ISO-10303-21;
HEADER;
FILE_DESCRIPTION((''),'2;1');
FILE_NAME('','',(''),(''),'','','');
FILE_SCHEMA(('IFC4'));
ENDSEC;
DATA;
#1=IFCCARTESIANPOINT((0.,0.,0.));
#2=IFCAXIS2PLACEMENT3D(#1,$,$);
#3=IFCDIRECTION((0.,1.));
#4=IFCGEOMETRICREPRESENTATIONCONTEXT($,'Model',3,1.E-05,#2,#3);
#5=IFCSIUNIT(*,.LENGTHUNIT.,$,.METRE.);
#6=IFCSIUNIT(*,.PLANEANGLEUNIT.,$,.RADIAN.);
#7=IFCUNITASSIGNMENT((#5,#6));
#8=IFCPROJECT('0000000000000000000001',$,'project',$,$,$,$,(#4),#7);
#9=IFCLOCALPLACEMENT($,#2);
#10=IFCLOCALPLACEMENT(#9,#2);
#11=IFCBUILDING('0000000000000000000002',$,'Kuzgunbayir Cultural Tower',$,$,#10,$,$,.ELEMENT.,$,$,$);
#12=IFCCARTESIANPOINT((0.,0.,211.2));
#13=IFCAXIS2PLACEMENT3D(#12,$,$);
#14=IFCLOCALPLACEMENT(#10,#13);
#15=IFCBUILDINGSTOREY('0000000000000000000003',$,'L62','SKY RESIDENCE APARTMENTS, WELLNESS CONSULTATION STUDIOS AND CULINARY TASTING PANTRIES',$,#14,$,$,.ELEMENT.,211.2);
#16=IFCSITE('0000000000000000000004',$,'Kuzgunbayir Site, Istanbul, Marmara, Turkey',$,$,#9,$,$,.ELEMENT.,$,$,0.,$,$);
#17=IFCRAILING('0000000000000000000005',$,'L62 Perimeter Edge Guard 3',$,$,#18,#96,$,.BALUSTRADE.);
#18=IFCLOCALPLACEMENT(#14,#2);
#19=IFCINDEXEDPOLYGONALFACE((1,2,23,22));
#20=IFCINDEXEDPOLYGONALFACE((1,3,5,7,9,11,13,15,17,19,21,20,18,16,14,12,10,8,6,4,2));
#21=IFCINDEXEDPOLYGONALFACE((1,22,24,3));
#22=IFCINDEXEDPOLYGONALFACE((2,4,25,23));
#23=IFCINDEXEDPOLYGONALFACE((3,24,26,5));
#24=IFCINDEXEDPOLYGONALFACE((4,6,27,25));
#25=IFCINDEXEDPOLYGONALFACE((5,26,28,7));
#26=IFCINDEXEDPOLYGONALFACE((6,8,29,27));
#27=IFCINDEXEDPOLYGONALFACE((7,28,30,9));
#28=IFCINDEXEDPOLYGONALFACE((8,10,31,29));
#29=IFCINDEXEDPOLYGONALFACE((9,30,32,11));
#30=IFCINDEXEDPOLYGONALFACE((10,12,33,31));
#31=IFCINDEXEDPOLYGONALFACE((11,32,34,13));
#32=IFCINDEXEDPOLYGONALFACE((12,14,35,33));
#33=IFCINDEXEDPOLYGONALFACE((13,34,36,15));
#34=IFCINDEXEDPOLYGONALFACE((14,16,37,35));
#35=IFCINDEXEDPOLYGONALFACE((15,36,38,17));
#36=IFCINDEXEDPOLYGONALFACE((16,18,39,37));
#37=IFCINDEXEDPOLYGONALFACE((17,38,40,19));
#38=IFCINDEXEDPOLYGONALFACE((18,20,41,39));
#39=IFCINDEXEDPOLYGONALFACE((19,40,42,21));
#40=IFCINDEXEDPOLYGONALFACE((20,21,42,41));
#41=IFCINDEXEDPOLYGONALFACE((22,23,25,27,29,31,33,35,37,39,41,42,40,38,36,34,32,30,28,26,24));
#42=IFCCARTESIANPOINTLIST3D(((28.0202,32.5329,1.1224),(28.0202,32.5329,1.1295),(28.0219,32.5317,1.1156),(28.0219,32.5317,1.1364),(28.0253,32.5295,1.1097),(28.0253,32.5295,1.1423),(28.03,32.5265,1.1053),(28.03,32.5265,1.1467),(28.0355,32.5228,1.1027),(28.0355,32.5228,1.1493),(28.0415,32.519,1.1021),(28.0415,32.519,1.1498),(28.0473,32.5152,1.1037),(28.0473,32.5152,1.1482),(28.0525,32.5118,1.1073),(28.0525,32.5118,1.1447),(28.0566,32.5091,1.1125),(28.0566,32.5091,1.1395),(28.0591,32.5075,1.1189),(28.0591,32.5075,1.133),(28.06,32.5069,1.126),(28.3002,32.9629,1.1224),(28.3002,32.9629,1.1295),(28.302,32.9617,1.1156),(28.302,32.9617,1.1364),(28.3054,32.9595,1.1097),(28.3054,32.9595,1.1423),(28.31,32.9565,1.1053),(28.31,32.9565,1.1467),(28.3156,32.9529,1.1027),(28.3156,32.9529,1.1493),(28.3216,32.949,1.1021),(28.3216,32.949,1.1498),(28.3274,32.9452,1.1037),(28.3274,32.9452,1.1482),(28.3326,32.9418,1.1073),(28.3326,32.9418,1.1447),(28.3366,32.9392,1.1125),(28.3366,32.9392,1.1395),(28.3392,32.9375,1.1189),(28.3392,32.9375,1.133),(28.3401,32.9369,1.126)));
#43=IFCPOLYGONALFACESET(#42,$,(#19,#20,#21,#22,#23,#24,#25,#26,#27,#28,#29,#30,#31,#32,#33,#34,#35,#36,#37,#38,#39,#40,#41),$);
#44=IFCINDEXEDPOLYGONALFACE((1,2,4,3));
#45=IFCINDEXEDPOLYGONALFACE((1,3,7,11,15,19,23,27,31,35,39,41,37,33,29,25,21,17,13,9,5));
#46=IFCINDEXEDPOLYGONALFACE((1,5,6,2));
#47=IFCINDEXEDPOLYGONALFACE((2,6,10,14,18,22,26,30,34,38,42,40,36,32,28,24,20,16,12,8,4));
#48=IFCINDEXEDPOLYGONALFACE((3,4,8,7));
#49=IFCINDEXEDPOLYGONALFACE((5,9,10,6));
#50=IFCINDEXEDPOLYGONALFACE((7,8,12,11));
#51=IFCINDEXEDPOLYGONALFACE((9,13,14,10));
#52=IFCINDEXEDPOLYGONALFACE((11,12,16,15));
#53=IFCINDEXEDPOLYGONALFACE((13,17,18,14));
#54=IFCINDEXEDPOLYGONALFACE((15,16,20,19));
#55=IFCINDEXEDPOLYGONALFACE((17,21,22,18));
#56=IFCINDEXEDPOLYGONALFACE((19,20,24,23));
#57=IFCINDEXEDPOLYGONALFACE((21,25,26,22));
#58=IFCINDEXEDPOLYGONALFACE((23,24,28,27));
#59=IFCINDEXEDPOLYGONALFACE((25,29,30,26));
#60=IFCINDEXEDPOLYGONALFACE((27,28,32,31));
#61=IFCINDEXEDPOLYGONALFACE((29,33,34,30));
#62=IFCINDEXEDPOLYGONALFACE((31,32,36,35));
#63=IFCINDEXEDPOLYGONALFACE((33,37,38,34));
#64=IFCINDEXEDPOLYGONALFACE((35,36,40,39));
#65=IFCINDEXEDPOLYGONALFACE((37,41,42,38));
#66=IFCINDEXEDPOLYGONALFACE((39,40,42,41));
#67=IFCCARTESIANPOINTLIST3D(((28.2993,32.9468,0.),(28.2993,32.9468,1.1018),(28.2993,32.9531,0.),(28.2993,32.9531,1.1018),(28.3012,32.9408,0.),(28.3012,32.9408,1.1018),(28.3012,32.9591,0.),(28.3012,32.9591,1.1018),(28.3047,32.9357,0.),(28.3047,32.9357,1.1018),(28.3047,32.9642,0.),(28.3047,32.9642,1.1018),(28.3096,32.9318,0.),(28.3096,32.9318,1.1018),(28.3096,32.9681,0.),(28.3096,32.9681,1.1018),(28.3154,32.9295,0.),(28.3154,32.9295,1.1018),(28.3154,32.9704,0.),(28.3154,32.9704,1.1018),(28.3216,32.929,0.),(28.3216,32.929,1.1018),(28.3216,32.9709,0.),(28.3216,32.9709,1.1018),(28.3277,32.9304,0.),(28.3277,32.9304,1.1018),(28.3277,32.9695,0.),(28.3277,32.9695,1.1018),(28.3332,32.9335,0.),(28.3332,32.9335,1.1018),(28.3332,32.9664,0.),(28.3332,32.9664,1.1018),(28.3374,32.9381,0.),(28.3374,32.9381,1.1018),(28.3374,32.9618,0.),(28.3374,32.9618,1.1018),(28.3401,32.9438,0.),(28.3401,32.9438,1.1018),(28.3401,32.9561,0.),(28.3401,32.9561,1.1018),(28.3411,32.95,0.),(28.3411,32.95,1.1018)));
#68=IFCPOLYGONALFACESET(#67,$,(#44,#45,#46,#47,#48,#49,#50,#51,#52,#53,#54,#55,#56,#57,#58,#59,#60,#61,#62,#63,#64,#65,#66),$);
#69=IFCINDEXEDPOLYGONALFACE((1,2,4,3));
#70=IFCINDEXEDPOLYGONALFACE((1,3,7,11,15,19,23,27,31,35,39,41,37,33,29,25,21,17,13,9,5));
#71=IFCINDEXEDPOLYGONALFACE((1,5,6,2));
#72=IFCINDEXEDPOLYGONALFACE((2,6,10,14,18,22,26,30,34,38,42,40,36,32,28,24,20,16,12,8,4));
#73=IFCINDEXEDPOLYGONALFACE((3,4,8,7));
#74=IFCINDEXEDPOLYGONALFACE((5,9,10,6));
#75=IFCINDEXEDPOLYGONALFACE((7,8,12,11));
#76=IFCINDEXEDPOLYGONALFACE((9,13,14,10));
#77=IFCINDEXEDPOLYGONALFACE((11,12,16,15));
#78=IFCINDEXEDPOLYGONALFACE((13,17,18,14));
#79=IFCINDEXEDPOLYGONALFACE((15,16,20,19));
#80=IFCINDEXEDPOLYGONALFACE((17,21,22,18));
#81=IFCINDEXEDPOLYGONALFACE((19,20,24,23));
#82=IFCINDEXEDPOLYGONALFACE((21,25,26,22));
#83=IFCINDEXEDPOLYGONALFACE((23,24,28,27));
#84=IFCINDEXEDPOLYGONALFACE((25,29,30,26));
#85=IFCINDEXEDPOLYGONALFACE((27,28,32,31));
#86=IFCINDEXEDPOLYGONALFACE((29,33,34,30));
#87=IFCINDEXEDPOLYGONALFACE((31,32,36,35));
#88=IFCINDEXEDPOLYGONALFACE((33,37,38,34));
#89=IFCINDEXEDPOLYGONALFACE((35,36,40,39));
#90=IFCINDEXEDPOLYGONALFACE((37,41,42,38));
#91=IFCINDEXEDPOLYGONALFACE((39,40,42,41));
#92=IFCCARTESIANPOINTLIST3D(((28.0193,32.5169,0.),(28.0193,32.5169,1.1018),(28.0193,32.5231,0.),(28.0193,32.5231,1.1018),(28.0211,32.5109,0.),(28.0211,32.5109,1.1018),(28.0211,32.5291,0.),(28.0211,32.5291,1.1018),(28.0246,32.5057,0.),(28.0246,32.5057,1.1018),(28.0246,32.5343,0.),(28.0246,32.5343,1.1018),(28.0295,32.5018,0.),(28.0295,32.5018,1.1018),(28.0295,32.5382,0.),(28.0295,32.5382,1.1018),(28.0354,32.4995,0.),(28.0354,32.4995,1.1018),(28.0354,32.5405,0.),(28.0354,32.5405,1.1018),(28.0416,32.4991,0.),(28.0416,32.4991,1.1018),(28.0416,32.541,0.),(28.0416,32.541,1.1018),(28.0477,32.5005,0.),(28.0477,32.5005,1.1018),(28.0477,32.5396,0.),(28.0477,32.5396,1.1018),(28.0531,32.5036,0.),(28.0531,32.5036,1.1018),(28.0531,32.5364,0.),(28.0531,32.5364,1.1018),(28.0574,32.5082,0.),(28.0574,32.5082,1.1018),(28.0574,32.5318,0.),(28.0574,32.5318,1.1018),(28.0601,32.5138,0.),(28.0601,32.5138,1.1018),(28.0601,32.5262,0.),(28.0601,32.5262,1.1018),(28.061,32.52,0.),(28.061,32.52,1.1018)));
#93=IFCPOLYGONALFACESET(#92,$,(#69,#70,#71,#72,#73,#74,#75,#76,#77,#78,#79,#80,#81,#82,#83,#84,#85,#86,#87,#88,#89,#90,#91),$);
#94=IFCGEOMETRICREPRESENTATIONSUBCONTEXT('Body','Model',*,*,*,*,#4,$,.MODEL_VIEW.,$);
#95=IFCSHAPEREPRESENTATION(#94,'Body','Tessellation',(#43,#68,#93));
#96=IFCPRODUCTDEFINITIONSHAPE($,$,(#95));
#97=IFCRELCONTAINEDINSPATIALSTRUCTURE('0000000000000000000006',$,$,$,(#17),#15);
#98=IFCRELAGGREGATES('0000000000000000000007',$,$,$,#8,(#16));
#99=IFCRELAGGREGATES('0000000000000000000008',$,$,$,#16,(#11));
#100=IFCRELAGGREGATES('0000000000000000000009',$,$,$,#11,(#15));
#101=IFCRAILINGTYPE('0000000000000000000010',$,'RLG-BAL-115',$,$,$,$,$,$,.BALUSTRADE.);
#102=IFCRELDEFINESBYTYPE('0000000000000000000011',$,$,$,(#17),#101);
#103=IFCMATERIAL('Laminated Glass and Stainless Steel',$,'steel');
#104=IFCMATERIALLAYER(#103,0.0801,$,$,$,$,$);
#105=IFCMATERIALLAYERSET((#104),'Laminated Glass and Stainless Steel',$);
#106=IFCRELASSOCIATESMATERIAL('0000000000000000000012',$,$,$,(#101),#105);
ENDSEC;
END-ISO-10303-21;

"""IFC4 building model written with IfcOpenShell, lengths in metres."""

from ifc_helpers import new_model, si_unit, direction, frame, origin, origin_2d, place, context, subcontext, project, spatial, circle, extrude, material, layer, layer_set, type_object, element, save


model = new_model("IFC4")

# Units and contexts
model_context = context("Model", 3, precision=1e-05, world=origin(), true_north=direction((0.0, 1.0)))
body_context = subcontext(model_context, "Body", "Model", "MODEL_VIEW")
ifc_project = project(units=[si_unit("LENGTHUNIT", "METRE"), si_unit("PLANEANGLEUNIT", "RADIAN")], contexts=[model_context])

# Site, building, storey
site_placement = place(None, origin())
site = spatial("IfcSite", under=ifc_project, at=site_placement, Name="Kuzgunbayir Site, Istanbul, Marmara, Turkey", CompositionType="ELEMENT", RefElevation=0.0)
building_placement = place(site_placement, origin())
building = spatial("IfcBuilding", under=site, at=building_placement, Name="Kuzgunbayir Cultural Tower", CompositionType="ELEMENT")
storey_placement = place(building_placement, frame((0.0, 0.0, 211.2)))
storey = spatial("IfcBuildingStorey", under=building, at=storey_placement, Name="L62", Description="SKY RESIDENCE APARTMENTS, WELLNESS CONSULTATION STUDIOS AND CULINARY TASTING PANTRIES", CompositionType="ELEMENT", Elevation=211.2)

# Railing
ifc_material_1 = material(Name="Laminated Glass and Stainless Steel", Category="steel")
ifc_layer_1 = layer(ifc_material_1, 0.0801)
ifc_layer_set_1 = layer_set([ifc_layer_1], Name="Laminated Glass and Stainless Steel")
railing_type_1 = type_object("IfcRailingType", Name="RLG-BAL-115", PredefinedType="BALUSTRADE", material=ifc_layer_set_1)
railing_1_placement = place(storey_placement, frame((28.3201, 32.95, 0.0)))
element("IfcRailing", 1, at=railing_1_placement, inside=storey, type_object=railing_type_1, Name="L62 Perimeter Edge Guard 3", PredefinedType="BALUSTRADE", context=body_context, shape_type="SweptSolid", body=[
    extrude(circle(Radius=0.0239, at=origin_2d()), frame((0.0, 0.0, 1.126), z_axis=(-0.545774, -0.837932, 0.0), x_axis=(0.837932, -0.545774, 0.0)), (0.0, 0.0, 1.0), 0.5132),
    extrude(circle(Radius=0.021, at=origin_2d()), origin(), (0.0, 0.0, 1.0), 1.1018),
    extrude(circle(Radius=0.021, at=origin_2d()), frame((-0.28, -0.4299, 0.0)), (0.0, 0.0, 1.0), 1.1018),
])

save(model, "model.ifc")
